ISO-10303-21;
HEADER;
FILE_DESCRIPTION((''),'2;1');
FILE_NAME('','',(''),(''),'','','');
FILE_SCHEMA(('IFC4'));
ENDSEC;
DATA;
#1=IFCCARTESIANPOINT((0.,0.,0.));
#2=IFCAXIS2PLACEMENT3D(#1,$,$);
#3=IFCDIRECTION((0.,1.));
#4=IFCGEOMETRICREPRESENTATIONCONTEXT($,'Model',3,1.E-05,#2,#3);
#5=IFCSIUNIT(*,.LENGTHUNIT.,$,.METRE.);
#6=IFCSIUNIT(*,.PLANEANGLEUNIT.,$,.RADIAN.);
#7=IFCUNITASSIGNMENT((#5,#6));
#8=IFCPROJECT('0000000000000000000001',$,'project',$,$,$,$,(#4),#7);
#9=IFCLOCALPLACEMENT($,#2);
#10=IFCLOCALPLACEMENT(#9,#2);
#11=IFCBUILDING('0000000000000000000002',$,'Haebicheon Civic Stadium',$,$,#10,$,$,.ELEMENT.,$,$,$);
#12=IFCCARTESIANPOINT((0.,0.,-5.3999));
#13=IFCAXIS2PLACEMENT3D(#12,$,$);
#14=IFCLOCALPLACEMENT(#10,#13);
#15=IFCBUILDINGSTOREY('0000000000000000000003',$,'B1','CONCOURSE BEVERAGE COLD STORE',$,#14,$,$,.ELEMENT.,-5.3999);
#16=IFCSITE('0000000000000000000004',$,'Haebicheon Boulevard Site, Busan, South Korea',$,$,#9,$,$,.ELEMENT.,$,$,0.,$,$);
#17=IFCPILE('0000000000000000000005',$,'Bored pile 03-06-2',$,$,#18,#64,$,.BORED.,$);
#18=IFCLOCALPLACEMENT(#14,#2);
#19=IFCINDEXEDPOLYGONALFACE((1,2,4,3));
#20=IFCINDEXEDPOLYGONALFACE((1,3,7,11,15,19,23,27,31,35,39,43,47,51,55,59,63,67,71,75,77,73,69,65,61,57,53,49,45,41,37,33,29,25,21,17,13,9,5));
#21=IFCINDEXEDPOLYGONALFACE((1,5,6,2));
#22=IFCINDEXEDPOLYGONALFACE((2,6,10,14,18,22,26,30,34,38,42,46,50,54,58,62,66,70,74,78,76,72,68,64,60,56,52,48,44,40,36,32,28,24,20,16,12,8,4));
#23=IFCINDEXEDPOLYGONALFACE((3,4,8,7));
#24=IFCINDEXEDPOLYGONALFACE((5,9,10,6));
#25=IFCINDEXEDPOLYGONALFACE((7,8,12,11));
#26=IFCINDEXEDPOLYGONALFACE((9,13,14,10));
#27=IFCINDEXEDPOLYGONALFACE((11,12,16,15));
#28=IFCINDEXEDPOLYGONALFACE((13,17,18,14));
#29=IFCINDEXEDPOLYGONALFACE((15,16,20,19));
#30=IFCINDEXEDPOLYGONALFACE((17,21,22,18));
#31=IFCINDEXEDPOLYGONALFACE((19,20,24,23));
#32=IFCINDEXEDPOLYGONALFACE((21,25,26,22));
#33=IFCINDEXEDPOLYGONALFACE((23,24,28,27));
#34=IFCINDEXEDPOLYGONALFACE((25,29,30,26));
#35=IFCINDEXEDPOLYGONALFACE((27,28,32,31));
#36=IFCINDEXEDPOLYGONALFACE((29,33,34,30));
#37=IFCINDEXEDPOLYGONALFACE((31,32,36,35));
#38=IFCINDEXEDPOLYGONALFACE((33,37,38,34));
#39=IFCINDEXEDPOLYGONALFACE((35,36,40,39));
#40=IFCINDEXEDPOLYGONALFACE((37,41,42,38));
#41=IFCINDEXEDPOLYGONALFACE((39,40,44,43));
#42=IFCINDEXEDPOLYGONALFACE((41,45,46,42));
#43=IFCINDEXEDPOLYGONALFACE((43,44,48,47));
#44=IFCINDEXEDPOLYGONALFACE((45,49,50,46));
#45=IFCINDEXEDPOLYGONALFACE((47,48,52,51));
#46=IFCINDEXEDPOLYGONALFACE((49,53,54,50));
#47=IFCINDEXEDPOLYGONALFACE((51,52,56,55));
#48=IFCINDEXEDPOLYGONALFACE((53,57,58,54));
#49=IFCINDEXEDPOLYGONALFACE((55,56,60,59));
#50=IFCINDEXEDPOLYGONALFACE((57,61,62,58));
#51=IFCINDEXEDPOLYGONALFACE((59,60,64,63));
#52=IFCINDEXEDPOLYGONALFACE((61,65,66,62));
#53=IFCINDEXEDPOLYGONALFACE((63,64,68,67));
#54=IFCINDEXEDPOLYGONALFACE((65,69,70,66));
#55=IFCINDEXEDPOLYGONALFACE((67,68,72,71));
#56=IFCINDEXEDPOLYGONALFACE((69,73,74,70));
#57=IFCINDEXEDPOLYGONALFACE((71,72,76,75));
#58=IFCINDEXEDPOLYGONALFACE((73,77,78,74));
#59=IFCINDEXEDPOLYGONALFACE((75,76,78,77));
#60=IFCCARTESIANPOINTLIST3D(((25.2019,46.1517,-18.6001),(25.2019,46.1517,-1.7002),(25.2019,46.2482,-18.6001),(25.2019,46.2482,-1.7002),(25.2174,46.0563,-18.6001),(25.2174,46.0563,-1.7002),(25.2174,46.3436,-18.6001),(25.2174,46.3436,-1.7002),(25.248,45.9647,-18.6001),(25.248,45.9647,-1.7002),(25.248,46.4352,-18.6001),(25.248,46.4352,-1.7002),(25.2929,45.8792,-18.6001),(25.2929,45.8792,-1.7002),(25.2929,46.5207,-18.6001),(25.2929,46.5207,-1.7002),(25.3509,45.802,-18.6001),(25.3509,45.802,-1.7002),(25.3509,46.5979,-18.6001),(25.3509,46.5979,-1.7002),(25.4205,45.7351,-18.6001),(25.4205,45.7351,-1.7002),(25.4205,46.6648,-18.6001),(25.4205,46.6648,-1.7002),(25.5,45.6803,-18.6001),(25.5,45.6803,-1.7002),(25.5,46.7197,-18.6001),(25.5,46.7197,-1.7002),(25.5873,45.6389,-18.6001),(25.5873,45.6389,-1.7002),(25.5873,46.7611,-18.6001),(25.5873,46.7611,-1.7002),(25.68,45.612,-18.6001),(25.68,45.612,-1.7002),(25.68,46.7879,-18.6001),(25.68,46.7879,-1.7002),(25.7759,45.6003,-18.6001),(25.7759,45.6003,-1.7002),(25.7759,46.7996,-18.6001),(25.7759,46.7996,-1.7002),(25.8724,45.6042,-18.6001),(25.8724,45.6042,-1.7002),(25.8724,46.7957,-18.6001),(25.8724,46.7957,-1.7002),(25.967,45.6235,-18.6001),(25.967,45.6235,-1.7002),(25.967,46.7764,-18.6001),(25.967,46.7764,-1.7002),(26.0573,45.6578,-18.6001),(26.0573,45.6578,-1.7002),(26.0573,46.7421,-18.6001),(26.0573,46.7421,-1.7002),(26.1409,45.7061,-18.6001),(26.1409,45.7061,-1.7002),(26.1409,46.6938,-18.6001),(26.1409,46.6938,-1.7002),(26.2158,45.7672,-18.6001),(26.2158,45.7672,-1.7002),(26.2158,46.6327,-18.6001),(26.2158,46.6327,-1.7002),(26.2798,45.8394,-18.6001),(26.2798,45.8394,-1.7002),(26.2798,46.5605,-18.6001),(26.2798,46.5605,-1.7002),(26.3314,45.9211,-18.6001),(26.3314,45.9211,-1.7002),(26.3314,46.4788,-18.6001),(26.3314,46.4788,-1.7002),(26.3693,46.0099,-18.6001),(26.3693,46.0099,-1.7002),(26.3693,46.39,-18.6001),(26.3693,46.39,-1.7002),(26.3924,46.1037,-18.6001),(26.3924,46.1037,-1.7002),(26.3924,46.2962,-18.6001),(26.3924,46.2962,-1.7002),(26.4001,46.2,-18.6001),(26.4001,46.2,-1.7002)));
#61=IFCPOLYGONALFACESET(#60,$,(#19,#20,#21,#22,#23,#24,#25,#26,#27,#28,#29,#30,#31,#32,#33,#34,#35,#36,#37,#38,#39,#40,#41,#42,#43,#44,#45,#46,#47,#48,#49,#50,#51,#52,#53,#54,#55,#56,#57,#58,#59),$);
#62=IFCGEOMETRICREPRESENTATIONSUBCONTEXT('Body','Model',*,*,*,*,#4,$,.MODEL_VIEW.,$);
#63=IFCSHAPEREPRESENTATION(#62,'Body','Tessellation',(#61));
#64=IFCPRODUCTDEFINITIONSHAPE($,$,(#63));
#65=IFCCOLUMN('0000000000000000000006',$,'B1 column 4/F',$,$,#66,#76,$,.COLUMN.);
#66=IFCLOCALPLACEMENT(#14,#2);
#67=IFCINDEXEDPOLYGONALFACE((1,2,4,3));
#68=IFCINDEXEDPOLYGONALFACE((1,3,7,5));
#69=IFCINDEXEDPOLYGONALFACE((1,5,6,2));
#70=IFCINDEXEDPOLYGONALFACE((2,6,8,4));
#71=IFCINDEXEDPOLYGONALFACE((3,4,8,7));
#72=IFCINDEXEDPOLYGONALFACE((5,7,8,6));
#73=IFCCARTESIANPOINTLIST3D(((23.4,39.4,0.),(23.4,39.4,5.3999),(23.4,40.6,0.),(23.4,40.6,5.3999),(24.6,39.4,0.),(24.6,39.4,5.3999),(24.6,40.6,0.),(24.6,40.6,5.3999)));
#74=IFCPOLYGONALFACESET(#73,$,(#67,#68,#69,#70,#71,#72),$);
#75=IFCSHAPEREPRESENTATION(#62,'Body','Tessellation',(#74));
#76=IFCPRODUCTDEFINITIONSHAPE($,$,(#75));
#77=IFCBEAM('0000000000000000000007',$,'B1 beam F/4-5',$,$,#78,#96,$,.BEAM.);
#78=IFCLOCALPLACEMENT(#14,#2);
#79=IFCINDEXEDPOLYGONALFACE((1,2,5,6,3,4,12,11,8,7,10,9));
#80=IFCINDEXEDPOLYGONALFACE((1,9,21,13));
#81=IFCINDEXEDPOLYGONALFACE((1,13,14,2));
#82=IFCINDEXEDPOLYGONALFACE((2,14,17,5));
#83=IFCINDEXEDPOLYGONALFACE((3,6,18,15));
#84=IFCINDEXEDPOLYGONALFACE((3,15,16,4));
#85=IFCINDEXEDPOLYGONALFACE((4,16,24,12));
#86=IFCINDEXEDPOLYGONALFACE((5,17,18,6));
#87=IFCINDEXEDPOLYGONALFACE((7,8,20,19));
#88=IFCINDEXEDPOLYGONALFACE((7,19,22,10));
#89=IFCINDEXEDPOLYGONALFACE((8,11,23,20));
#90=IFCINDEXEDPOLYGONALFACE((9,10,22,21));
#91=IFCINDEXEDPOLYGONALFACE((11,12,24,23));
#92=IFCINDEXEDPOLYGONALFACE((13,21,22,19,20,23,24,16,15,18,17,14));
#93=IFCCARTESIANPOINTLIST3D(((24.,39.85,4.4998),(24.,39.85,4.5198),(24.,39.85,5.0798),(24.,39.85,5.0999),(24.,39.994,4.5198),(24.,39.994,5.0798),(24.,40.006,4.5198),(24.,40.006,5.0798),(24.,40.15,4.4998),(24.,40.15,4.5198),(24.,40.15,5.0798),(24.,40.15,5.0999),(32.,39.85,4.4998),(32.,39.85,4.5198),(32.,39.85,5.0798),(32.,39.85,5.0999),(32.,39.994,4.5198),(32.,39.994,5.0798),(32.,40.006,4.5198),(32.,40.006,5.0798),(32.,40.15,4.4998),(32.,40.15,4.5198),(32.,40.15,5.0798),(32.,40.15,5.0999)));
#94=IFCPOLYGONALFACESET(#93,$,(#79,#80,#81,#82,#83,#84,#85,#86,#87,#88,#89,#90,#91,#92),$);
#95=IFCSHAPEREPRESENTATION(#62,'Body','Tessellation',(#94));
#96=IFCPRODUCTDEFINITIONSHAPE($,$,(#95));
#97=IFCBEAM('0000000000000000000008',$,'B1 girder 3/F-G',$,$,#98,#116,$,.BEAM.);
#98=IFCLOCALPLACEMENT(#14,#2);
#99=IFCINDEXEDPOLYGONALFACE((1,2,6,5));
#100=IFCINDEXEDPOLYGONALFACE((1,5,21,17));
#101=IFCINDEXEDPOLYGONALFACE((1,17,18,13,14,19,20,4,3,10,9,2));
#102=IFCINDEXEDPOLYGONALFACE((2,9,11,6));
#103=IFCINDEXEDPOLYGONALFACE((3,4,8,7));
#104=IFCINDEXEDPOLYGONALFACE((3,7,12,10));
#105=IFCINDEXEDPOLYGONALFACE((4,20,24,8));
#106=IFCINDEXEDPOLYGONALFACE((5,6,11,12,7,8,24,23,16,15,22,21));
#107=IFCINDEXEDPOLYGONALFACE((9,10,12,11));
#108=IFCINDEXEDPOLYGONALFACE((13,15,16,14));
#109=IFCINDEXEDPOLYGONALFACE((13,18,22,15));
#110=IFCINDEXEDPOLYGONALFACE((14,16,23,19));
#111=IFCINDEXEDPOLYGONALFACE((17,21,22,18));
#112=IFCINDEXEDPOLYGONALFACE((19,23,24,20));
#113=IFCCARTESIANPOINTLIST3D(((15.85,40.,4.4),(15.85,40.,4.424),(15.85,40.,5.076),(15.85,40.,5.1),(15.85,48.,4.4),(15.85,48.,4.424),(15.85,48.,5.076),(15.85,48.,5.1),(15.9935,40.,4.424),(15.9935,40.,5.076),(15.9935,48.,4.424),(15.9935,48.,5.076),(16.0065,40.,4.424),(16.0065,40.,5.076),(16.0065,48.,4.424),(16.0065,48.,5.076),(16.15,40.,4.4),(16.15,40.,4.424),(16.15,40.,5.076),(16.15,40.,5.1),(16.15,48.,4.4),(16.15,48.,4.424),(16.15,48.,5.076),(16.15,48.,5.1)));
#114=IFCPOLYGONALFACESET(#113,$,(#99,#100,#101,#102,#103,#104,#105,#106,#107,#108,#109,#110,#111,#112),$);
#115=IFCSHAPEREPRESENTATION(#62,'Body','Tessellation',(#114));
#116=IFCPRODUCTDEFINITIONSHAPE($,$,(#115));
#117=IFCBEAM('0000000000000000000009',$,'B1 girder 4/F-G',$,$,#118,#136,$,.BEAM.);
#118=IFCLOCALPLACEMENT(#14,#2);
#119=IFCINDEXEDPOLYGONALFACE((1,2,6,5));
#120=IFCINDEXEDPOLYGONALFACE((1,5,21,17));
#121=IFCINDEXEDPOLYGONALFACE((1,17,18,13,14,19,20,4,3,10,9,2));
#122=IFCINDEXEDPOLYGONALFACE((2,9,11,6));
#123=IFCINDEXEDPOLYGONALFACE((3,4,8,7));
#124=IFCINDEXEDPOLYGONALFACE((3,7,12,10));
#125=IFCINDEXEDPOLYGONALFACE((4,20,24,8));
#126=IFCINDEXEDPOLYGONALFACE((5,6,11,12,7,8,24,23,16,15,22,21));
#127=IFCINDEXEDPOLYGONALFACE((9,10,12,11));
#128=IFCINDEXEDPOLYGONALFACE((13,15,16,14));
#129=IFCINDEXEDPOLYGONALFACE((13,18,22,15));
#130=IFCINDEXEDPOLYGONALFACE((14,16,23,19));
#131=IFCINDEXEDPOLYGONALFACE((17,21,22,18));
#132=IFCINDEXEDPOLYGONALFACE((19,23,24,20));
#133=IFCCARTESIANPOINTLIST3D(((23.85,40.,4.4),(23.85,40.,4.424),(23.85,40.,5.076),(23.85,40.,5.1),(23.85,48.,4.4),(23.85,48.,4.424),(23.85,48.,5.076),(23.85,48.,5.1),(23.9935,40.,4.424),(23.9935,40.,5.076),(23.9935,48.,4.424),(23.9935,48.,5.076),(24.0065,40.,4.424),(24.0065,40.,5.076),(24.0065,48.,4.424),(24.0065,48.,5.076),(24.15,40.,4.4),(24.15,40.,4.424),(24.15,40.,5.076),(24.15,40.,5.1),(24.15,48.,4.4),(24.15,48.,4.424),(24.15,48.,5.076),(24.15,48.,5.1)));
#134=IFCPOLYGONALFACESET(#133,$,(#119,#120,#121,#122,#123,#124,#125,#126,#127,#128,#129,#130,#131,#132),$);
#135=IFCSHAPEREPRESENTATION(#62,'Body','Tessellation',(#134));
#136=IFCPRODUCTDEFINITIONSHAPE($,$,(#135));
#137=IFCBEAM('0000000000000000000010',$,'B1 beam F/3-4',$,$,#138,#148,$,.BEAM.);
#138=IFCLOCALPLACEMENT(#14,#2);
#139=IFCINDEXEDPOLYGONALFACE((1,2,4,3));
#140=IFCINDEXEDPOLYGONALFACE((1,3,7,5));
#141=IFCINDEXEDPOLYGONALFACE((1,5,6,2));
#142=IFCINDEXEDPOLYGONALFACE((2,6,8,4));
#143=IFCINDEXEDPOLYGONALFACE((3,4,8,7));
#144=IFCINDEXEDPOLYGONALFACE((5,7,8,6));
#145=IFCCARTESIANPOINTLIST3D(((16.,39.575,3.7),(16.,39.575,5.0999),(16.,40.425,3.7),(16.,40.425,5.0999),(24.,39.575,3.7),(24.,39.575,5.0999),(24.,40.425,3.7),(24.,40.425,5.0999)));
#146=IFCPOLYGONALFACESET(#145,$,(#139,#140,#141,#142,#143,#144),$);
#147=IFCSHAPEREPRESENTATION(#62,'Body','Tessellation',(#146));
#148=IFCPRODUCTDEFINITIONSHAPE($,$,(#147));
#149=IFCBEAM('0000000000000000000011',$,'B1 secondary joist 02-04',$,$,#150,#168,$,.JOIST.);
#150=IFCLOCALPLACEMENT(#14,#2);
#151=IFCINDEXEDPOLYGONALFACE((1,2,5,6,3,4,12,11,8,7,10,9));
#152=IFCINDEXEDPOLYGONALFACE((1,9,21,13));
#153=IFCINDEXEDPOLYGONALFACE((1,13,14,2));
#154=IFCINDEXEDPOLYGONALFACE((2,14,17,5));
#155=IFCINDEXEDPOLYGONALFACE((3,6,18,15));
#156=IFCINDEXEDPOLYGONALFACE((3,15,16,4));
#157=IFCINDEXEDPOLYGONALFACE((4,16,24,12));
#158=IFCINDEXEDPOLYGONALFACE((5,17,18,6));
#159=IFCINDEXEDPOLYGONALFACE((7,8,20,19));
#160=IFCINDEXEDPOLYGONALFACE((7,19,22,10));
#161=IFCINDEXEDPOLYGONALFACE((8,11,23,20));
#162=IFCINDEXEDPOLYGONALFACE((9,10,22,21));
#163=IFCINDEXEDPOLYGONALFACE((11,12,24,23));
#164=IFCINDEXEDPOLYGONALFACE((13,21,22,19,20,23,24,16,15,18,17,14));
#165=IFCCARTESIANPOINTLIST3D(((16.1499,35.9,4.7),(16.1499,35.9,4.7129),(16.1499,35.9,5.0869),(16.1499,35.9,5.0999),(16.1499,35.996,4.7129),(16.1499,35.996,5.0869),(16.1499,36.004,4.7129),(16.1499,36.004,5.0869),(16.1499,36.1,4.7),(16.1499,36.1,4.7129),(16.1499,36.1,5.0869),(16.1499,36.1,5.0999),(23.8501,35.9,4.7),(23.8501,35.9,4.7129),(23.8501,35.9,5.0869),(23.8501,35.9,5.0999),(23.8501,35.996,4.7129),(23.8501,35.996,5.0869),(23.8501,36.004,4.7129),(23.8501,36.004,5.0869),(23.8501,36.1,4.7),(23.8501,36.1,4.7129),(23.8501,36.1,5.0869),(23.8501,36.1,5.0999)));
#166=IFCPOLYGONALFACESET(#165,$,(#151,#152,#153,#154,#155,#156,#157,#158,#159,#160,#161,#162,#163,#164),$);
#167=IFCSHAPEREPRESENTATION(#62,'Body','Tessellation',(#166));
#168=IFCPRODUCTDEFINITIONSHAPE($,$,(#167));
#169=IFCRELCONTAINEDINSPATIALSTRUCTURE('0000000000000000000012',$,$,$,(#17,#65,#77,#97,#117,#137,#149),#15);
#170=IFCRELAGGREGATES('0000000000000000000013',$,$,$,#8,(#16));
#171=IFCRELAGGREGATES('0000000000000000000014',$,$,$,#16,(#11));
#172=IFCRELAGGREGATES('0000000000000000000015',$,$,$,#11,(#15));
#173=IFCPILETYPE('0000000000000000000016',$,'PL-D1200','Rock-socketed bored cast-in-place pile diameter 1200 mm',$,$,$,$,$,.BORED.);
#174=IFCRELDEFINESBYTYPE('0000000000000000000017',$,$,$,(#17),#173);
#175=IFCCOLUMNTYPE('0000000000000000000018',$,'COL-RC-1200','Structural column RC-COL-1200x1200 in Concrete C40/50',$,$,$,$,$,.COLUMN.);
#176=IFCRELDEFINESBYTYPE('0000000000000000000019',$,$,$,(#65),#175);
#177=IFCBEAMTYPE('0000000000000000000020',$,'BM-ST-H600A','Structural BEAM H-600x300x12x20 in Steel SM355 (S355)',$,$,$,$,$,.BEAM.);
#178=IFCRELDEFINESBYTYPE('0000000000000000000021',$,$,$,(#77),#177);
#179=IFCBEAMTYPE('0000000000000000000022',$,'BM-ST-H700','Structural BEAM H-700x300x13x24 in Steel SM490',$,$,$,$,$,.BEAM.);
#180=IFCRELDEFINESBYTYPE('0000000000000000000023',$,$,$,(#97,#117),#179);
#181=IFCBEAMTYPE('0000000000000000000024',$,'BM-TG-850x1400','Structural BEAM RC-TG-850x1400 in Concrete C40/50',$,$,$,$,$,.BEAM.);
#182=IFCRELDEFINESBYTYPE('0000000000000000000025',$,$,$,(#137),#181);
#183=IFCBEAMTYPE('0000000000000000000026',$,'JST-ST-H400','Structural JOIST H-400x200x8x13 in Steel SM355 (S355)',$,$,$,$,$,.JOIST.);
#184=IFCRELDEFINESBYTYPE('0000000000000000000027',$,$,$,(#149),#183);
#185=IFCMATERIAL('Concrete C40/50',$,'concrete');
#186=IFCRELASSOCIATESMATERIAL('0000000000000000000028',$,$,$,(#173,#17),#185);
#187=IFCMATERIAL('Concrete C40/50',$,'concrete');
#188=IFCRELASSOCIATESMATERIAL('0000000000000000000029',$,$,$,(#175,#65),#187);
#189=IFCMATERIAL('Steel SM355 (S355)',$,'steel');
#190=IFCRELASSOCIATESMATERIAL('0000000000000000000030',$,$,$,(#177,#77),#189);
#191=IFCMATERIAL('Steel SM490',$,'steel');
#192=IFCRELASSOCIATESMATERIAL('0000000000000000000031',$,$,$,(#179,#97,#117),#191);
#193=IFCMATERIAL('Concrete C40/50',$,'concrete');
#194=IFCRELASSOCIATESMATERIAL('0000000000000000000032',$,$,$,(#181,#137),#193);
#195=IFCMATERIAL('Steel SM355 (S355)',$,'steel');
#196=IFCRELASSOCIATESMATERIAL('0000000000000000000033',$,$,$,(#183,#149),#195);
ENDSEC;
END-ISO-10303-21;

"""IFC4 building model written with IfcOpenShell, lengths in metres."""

from ifc_helpers import new_model, si_unit, direction, frame, origin, origin_2d, place, context, subcontext, project, spatial, rectangle, circle, i_section, extrude, material, material_profile, profile_set, type_object, element, save


model = new_model("IFC4")

# Units and contexts
model_context = context("Model", 3, precision=1e-05, world=origin(), true_north=direction((0.0, 1.0)))
body_context = subcontext(model_context, "Body", "Model", "MODEL_VIEW")
ifc_project = project(units=[si_unit("LENGTHUNIT", "METRE"), si_unit("PLANEANGLEUNIT", "RADIAN")], contexts=[model_context])

# Site, building, storey
site_placement = place(None, origin())
site = spatial("IfcSite", under=ifc_project, at=site_placement, Name="Haebicheon Boulevard Site, Busan, South Korea", CompositionType="ELEMENT", RefElevation=0.0)
building_placement = place(site_placement, origin())
building = spatial("IfcBuilding", under=site, at=building_placement, Name="Haebicheon Civic Stadium", CompositionType="ELEMENT")
storey_placement = place(building_placement, frame((0.0, 0.0, -5.3999)))
storey = spatial("IfcBuildingStorey", under=building, at=storey_placement, Name="B1", Description="CONCOURSE BEVERAGE COLD STORE", CompositionType="ELEMENT", Elevation=-5.3999)

# Pile
ifc_material_1 = material(Name="Concrete C40/50", Category="concrete")
ifc_material_profile_1 = material_profile(ifc_material_1, circle(Radius=0.6001, at=origin_2d()), Name="PILE-D1200")
ifc_profile_set_1 = profile_set([ifc_material_profile_1], Name="Concrete C40/50")
pile_type_1 = type_object("IfcPileType", Name="PL-D1200", Description="Rock-socketed bored cast-in-place pile diameter 1200 mm", PredefinedType="BORED", material=ifc_profile_set_1)
for number, where, z_axis, x_axis, name in (
    (1, (25.8, 46.2, -1.7002), (0.0, 0.0, -1.0), (1.0, 0.0, 0.0), "Bored pile 03-06-2"),
):
    element("IfcPile", number, at=place(storey_placement, frame(where, z_axis=z_axis, x_axis=x_axis)), inside=storey, type_object=pile_type_1, material=ifc_profile_set_1, Name=name, PredefinedType="BORED", context=body_context, shape_type="SweptSolid", body=[
        extrude(circle(Radius=0.6001, at=origin_2d()), origin(), (0.0, 0.0, 1.0), 16.8999),
    ])

# Column
ifc_material_2 = material(Name="Concrete C40/50", Category="concrete")
ifc_material_profile_2 = material_profile(ifc_material_2, rectangle(XDim=1.2, YDim=1.2, at=origin_2d()), Name="RC-COL-1200x1200")
ifc_profile_set_2 = profile_set([ifc_material_profile_2], Name="Concrete C40/50")
column_type = type_object("IfcColumnType", Name="COL-RC-1200", Description="Structural column RC-COL-1200x1200 in Concrete C40/50", PredefinedType="COLUMN", material=ifc_profile_set_2)
column_placement = place(storey_placement, frame((24.0, 40.0, 0.0), z_axis=(0.0, 0.0, 1.0), x_axis=(1.0, 0.0, 0.0)))
element("IfcColumn", 2, at=column_placement, inside=storey, type_object=column_type, material=ifc_profile_set_2, Name="B1 column 4/F", PredefinedType="COLUMN", context=body_context, shape_type="SweptSolid", body=[
    extrude(rectangle(XDim=1.2, YDim=1.2, at=origin_2d()), origin(), (0.0, 0.0, 1.0), 5.3999),
])

# Beams
ifc_material_3 = material(Name="Steel SM355 (S355)", Category="steel")
ifc_material_profile_3 = material_profile(ifc_material_3, i_section(OverallWidth=0.3, OverallDepth=0.6001, WebThickness=0.012, FlangeThickness=0.02, at=origin_2d()), Name="H-600x300x12x20")
ifc_profile_set_3 = profile_set([ifc_material_profile_3], Name="Steel SM355 (S355)")
beam_type_1 = type_object("IfcBeamType", Name="BM-ST-H600A", Description="Structural BEAM H-600x300x12x20 in Steel SM355 (S355)", PredefinedType="BEAM", material=ifc_profile_set_3)
beam_1_placement = place(storey_placement, frame((24.0, 40.0, 4.7998), z_axis=(1.0, 0.0, 0.0), x_axis=(0.0, 1.0, 0.0)))
element("IfcBeam", 3, at=beam_1_placement, inside=storey, type_object=beam_type_1, material=ifc_profile_set_3, Name="B1 beam F/4-5", PredefinedType="BEAM", context=body_context, shape_type="SweptSolid", body=[
    extrude(i_section(OverallWidth=0.3, OverallDepth=0.6001, WebThickness=0.012, FlangeThickness=0.02, at=origin_2d()), origin(), (0.0, 0.0, 1.0), 8.0),
])
ifc_material_4 = material(Name="Steel SM490", Category="steel")
ifc_material_profile_4 = material_profile(ifc_material_4, i_section(OverallWidth=0.3, OverallDepth=0.7, WebThickness=0.0129, FlangeThickness=0.0239, at=origin_2d()), Name="H-700x300x13x24")
ifc_profile_set_4 = profile_set([ifc_material_profile_4], Name="Steel SM490")
beam_type_2 = type_object("IfcBeamType", Name="BM-ST-H700", Description="Structural BEAM H-700x300x13x24 in Steel SM490", PredefinedType="BEAM", material=ifc_profile_set_4)
for number, where, z_axis, x_axis, name in (
    (4, (16.0, 40.0, 4.75), (0.0, 1.0, 0.0), (-1.0, 0.0, 0.0), "B1 girder 3/F-G"),
    (5, (24.0, 40.0, 4.75), (0.0, 1.0, 0.0), (-1.0, 0.0, 0.0), "B1 girder 4/F-G"),
):
    element("IfcBeam", number, at=place(storey_placement, frame(where, z_axis=z_axis, x_axis=x_axis)), inside=storey, type_object=beam_type_2, material=ifc_profile_set_4, Name=name, PredefinedType="BEAM", context=body_context, shape_type="SweptSolid", body=[
        extrude(i_section(OverallWidth=0.3, OverallDepth=0.7, WebThickness=0.0129, FlangeThickness=0.0239, at=origin_2d()), origin(), (0.0, 0.0, 1.0), 8.0),
    ])
ifc_material_5 = material(Name="Concrete C40/50", Category="concrete")
ifc_material_profile_5 = material_profile(ifc_material_5, rectangle(XDim=0.8501, YDim=1.3999, at=origin_2d()), Name="RC-TG-850x1400")
ifc_profile_set_5 = profile_set([ifc_material_profile_5], Name="Concrete C40/50")
beam_type_3 = type_object("IfcBeamType", Name="BM-TG-850x1400", Description="Structural BEAM RC-TG-850x1400 in Concrete C40/50", PredefinedType="BEAM", material=ifc_profile_set_5)
beam_2_placement = place(storey_placement, frame((16.0, 40.0, 4.3999), z_axis=(1.0, 0.0, 0.0), x_axis=(0.0, 1.0, 0.0)))
element("IfcBeam", 6, at=beam_2_placement, inside=storey, type_object=beam_type_3, material=ifc_profile_set_5, Name="B1 beam F/3-4", PredefinedType="BEAM", context=body_context, shape_type="SweptSolid", body=[
    extrude(rectangle(XDim=0.8501, YDim=1.3999, at=origin_2d()), origin(), (0.0, 0.0, 1.0), 8.0),
])
ifc_material_6 = material(Name="Steel SM355 (S355)", Category="steel")
ifc_material_profile_6 = material_profile(ifc_material_6, i_section(OverallWidth=0.2, OverallDepth=0.3999, WebThickness=0.0081, FlangeThickness=0.0129, at=origin_2d()), Name="H-400x200x8x13")
ifc_profile_set_6 = profile_set([ifc_material_profile_6], Name="Steel SM355 (S355)")
beam_type_4 = type_object("IfcBeamType", Name="JST-ST-H400", Description="Structural JOIST H-400x200x8x13 in Steel SM355 (S355)", PredefinedType="JOIST", material=ifc_profile_set_6)
for number, where, z_axis, x_axis, name in (
    (7, (16.1499, 36.0, 4.8999), (1.0, 0.0, 0.0), (0.0, 1.0, 0.0), "B1 secondary joist 02-04"),
):
    element("IfcBeam", number, at=place(storey_placement, frame(where, z_axis=z_axis, x_axis=x_axis)), inside=storey, type_object=beam_type_4, material=ifc_profile_set_6, Name=name, PredefinedType="JOIST", context=body_context, shape_type="SweptSolid", body=[
        extrude(i_section(OverallWidth=0.2, OverallDepth=0.3999, WebThickness=0.0081, FlangeThickness=0.0129, at=origin_2d()), origin(), (0.0, 0.0, 1.0), 7.7002),
    ])

save(model, "model.ifc")
